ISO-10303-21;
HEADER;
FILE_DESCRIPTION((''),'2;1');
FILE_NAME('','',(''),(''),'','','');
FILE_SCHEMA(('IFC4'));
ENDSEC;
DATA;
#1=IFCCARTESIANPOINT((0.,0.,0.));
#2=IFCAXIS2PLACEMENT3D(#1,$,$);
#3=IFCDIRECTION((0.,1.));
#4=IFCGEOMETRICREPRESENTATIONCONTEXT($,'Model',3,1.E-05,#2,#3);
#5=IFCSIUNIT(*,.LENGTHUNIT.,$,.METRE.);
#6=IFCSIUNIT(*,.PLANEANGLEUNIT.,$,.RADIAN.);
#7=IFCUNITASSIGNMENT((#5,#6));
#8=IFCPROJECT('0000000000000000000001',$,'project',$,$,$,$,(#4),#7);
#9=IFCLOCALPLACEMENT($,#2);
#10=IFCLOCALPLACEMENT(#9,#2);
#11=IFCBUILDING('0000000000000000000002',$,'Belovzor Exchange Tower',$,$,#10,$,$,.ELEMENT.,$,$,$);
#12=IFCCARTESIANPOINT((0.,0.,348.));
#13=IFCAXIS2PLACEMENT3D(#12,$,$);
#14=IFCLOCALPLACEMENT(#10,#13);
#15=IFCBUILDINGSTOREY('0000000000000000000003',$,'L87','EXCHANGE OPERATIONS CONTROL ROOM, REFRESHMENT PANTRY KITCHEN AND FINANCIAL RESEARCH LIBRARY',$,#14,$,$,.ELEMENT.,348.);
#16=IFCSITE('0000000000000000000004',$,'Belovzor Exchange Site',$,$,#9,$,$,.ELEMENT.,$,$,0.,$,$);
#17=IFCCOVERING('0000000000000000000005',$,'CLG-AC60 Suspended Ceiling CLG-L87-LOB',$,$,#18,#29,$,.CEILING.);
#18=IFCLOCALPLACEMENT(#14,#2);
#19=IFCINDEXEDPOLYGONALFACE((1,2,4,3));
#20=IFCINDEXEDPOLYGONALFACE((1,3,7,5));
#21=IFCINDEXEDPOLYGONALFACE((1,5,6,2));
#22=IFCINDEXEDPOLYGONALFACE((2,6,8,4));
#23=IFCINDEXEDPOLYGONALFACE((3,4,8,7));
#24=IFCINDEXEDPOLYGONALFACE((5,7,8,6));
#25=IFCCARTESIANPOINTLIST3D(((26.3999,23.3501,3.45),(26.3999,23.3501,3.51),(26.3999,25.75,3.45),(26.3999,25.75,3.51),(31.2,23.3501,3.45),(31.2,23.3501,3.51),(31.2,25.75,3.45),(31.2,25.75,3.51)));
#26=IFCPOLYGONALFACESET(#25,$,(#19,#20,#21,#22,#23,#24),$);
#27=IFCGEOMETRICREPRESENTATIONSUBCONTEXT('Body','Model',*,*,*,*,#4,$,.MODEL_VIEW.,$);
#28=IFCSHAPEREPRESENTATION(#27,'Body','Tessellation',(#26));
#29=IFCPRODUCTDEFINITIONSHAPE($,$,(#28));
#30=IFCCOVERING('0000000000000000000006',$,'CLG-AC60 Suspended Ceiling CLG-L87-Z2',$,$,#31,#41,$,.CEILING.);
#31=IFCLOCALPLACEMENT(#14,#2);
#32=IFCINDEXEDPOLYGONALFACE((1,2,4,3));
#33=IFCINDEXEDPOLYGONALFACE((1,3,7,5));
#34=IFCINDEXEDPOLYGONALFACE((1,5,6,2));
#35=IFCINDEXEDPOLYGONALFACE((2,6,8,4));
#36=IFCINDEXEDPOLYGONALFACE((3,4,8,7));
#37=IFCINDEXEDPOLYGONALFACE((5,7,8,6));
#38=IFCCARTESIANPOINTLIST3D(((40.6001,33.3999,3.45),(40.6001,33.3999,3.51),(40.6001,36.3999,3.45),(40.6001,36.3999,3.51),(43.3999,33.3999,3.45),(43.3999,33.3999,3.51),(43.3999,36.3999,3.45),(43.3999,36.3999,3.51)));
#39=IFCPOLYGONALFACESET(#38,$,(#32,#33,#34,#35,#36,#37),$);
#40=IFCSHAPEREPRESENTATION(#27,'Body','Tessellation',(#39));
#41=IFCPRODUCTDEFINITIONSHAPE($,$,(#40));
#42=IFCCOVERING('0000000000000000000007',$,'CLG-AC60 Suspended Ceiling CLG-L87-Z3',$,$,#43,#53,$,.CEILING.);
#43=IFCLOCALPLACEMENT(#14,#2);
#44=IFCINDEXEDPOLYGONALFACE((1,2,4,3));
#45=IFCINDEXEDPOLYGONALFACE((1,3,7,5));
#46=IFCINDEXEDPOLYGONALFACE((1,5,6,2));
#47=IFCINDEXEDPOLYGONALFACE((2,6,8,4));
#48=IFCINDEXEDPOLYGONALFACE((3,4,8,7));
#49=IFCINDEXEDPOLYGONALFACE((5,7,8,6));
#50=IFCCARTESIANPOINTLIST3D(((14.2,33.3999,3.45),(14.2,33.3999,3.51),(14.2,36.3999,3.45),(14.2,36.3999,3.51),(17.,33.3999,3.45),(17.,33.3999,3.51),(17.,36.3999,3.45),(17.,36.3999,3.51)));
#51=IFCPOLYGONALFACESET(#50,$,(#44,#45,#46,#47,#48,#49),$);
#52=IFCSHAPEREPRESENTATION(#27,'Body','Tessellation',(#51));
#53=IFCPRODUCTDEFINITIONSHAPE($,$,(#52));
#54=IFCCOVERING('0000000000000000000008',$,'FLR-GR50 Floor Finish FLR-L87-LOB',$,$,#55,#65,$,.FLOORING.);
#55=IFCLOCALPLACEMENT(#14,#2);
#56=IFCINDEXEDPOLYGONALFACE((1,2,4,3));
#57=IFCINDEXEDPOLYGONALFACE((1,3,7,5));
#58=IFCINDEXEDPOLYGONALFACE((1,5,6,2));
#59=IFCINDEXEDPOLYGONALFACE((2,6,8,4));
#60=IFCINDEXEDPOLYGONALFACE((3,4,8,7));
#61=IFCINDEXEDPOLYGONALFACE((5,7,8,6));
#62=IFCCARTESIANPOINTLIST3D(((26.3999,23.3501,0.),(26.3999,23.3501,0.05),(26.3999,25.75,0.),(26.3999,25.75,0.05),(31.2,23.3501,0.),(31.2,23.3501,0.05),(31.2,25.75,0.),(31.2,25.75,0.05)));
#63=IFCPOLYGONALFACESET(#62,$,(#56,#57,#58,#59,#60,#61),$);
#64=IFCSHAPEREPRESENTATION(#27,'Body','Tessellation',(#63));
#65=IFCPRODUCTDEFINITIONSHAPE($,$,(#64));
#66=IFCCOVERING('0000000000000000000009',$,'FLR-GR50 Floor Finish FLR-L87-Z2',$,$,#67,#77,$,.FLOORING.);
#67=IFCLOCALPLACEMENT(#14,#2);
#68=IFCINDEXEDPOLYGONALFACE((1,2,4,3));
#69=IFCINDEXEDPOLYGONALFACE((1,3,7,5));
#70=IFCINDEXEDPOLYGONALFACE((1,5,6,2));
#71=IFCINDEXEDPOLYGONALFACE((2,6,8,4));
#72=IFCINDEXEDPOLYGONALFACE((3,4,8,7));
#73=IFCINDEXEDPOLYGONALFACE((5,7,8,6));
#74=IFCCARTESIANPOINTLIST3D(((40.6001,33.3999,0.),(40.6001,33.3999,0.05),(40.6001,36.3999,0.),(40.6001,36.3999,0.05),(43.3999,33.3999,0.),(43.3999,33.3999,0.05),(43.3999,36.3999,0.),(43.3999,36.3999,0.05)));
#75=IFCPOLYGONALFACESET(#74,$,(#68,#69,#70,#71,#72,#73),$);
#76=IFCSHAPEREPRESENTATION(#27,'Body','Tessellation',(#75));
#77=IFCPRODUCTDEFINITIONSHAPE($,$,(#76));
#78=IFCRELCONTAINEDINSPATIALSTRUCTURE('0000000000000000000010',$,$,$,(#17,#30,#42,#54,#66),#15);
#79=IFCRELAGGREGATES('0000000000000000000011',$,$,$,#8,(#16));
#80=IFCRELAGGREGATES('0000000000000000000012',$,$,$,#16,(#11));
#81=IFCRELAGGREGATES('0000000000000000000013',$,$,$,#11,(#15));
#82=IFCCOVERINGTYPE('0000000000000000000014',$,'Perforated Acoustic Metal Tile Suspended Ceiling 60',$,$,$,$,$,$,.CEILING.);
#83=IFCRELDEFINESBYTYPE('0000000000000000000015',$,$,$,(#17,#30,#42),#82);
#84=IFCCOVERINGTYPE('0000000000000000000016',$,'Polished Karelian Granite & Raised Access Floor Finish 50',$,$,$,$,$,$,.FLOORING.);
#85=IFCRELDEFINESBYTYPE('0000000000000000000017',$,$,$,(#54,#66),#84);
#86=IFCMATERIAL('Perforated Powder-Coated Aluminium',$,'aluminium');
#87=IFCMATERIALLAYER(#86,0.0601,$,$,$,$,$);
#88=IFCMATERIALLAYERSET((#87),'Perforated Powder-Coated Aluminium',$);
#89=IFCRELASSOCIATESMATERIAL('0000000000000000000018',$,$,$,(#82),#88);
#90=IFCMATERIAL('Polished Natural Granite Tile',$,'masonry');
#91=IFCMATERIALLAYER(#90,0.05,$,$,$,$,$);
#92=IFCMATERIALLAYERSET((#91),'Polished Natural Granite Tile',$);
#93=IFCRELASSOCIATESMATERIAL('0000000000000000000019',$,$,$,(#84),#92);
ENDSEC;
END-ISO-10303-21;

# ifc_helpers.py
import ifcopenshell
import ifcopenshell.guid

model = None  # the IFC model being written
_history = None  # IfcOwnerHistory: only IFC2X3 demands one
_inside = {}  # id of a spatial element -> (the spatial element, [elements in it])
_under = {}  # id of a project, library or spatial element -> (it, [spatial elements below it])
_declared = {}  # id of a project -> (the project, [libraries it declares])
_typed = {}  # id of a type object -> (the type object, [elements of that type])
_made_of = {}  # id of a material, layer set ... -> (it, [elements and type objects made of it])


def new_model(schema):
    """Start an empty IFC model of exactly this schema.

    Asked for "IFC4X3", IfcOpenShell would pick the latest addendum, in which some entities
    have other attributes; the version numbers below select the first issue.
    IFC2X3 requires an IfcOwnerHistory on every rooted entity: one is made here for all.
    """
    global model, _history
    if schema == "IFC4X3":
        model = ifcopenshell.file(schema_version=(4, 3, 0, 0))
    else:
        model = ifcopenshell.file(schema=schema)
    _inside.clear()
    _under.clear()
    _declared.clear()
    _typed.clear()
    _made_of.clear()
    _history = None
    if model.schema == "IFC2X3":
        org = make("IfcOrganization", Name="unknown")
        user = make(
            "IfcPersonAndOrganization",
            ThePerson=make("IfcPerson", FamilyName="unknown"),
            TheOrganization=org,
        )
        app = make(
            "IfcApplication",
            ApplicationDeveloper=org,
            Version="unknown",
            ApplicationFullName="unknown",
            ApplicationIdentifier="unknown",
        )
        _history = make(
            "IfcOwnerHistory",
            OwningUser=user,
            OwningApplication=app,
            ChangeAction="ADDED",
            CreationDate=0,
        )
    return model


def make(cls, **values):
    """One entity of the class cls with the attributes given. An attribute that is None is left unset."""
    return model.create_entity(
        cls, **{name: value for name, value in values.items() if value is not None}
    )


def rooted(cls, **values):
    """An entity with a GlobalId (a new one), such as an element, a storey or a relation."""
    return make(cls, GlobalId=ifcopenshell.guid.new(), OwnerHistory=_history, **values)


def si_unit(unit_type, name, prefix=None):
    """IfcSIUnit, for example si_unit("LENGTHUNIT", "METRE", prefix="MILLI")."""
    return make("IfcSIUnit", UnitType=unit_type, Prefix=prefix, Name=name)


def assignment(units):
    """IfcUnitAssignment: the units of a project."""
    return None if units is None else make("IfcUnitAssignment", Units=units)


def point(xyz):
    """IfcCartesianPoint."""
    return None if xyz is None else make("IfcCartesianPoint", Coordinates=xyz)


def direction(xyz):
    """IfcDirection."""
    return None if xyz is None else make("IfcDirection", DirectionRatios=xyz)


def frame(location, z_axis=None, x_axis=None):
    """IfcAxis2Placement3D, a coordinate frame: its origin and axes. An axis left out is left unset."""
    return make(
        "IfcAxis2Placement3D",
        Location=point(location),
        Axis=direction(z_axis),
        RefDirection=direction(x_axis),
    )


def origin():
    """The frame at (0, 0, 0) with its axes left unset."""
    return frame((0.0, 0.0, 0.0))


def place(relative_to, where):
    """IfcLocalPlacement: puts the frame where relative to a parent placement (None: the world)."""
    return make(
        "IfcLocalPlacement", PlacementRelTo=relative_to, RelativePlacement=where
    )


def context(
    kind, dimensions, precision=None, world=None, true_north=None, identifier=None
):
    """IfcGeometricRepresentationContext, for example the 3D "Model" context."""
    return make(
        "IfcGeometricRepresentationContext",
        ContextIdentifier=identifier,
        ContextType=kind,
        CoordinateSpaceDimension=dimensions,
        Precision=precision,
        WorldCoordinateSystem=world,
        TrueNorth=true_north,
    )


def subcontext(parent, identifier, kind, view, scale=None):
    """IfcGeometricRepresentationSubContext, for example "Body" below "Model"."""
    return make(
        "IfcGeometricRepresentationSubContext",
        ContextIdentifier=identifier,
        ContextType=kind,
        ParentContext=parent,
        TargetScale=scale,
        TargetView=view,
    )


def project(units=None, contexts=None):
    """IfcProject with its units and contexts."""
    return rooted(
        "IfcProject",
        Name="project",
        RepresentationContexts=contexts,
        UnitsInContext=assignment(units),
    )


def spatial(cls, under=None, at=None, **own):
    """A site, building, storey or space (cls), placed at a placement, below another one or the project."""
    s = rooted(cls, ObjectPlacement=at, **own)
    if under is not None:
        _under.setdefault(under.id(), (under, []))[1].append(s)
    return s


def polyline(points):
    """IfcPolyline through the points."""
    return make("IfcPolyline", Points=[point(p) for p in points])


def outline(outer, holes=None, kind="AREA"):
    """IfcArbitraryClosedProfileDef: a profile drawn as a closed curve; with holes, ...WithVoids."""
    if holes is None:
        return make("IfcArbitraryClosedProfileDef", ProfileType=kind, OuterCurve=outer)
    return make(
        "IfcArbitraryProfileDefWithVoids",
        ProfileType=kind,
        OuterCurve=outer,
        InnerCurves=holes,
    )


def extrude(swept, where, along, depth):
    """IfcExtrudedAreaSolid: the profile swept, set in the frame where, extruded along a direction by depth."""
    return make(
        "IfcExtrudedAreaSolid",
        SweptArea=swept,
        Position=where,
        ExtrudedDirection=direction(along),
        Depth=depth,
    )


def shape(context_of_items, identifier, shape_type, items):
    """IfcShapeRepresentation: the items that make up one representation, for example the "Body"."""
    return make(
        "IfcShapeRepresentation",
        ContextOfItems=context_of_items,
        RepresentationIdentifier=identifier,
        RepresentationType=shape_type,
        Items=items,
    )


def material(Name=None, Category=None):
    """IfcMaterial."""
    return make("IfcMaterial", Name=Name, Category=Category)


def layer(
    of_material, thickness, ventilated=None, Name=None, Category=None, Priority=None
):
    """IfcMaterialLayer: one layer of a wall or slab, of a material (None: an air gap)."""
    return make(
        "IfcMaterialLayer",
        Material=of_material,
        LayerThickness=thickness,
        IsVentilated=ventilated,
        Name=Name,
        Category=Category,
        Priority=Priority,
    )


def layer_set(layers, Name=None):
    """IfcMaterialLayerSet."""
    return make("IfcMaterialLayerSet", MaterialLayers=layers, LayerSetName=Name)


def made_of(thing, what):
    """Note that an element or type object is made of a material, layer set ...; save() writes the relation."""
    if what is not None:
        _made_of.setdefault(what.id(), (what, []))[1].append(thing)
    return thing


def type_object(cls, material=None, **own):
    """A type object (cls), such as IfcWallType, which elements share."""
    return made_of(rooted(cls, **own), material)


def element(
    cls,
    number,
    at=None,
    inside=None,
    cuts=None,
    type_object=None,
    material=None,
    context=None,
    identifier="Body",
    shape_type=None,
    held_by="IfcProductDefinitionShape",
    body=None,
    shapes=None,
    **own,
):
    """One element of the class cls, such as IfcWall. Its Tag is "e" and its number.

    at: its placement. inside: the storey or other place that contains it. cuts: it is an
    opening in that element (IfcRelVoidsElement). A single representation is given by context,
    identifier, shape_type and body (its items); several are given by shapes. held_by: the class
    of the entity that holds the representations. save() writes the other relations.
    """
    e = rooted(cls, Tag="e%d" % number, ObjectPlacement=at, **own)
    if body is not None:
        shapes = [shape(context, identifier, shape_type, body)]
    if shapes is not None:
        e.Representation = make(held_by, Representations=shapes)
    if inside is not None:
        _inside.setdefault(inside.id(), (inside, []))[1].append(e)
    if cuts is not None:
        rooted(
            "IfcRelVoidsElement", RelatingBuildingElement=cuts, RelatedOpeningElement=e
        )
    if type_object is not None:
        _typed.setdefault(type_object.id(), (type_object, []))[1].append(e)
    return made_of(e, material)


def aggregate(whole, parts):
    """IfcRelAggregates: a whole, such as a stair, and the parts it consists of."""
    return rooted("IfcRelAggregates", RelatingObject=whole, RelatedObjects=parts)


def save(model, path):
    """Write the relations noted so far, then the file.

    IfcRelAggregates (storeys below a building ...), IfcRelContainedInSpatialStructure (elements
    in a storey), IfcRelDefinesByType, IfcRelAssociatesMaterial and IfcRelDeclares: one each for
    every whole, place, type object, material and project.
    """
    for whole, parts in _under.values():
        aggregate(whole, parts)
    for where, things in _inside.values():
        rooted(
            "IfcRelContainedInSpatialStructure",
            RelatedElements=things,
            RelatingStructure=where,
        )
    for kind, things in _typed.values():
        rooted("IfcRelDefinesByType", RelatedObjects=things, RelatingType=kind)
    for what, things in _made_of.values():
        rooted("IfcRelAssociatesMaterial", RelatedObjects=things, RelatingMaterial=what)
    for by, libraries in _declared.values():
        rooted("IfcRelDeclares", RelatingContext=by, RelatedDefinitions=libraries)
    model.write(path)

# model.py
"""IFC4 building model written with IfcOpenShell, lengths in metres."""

from ifc_helpers import new_model, si_unit, direction, frame, origin, place, context, subcontext, project, spatial, polyline, outline, extrude, material, layer, layer_set, type_object, element, save


model = new_model("IFC4")

# Units and contexts
model_context = context("Model", 3, precision=1e-05, world=origin(), true_north=direction((0.0, 1.0)))
body_context = subcontext(model_context, "Body", "Model", "MODEL_VIEW")
ifc_project = project(units=[si_unit("LENGTHUNIT", "METRE"), si_unit("PLANEANGLEUNIT", "RADIAN")], contexts=[model_context])

# Site, building, storey
site_placement = place(None, origin())
site = spatial("IfcSite", under=ifc_project, at=site_placement, Name="Belovzor Exchange Site", CompositionType="ELEMENT", RefElevation=0.0)
building_placement = place(site_placement, origin())
building = spatial("IfcBuilding", under=site, at=building_placement, Name="Belovzor Exchange Tower", CompositionType="ELEMENT")
storey_placement = place(building_placement, frame((0.0, 0.0, 348.0)))
storey = spatial("IfcBuildingStorey", under=building, at=storey_placement, Name="L87", Description="EXCHANGE OPERATIONS CONTROL ROOM, REFRESHMENT PANTRY KITCHEN AND FINANCIAL RESEARCH LIBRARY", CompositionType="ELEMENT", Elevation=348.0)

# Coverings
ifc_material_1 = material(Name="Perforated Powder-Coated Aluminium", Category="aluminium")
ifc_layer_1 = layer(ifc_material_1, 0.0601)
ifc_layer_set_1 = layer_set([ifc_layer_1], Name="Perforated Powder-Coated Aluminium")
covering_type_1 = type_object("IfcCoveringType", Name="Perforated Acoustic Metal Tile Suspended Ceiling 60", PredefinedType="CEILING", material=ifc_layer_set_1)
covering_1_placement = place(storey_placement, frame((0.0, 0.0, 3.45)))
element("IfcCovering", 1, at=covering_1_placement, inside=storey, type_object=covering_type_1, Name="CLG-AC60 Suspended Ceiling CLG-L87-LOB", PredefinedType="CEILING", context=body_context, shape_type="SweptSolid", body=[
    extrude(outline(polyline([(26.3999, 23.3501), (31.2, 23.3501), (31.2, 25.75), (26.3999, 25.75), (26.3999, 23.3501)])), origin(), (0.0, 0.0, 1.0), 0.0601),
])
covering_2_placement = place(storey_placement, frame((0.0, 0.0, 3.45)))
element("IfcCovering", 2, at=covering_2_placement, inside=storey, type_object=covering_type_1, Name="CLG-AC60 Suspended Ceiling CLG-L87-Z2", PredefinedType="CEILING", context=body_context, shape_type="SweptSolid", body=[
    extrude(outline(polyline([(40.6001, 33.3999), (43.3999, 33.3999), (43.3999, 36.3999), (40.6001, 36.3999), (40.6001, 33.3999)])), origin(), (0.0, 0.0, 1.0), 0.0601),
])
covering_3_placement = place(storey_placement, frame((0.0, 0.0, 3.45)))
element("IfcCovering", 3, at=covering_3_placement, inside=storey, type_object=covering_type_1, Name="CLG-AC60 Suspended Ceiling CLG-L87-Z3", PredefinedType="CEILING", context=body_context, shape_type="SweptSolid", body=[
    extrude(outline(polyline([(14.2, 33.3999), (17.0, 33.3999), (17.0, 36.3999), (14.2, 36.3999), (14.2, 33.3999)])), origin(), (0.0, 0.0, 1.0), 0.0601),
])
ifc_material_2 = material(Name="Polished Natural Granite Tile", Category="masonry")
ifc_layer_2 = layer(ifc_material_2, 0.05)
ifc_layer_set_2 = layer_set([ifc_layer_2], Name="Polished Natural Granite Tile")
covering_type_2 = type_object("IfcCoveringType", Name="Polished Karelian Granite & Raised Access Floor Finish 50", PredefinedType="FLOORING", material=ifc_layer_set_2)
covering_4_placement = place(storey_placement, origin())
element("IfcCovering", 4, at=covering_4_placement, inside=storey, type_object=covering_type_2, Name="FLR-GR50 Floor Finish FLR-L87-LOB", PredefinedType="FLOORING", context=body_context, shape_type="SweptSolid", body=[
    extrude(outline(polyline([(26.3999, 23.3501), (31.2, 23.3501), (31.2, 25.75), (26.3999, 25.75), (26.3999, 23.3501)])), origin(), (0.0, 0.0, 1.0), 0.05),
])
covering_5_placement = place(storey_placement, origin())
element("IfcCovering", 5, at=covering_5_placement, inside=storey, type_object=covering_type_2, Name="FLR-GR50 Floor Finish FLR-L87-Z2", PredefinedType="FLOORING", context=body_context, shape_type="SweptSolid", body=[
    extrude(outline(polyline([(40.6001, 33.3999), (43.3999, 33.3999), (43.3999, 36.3999), (40.6001, 36.3999), (40.6001, 33.3999)])), origin(), (0.0, 0.0, 1.0), 0.05),
])

save(model, "model.ifc")
